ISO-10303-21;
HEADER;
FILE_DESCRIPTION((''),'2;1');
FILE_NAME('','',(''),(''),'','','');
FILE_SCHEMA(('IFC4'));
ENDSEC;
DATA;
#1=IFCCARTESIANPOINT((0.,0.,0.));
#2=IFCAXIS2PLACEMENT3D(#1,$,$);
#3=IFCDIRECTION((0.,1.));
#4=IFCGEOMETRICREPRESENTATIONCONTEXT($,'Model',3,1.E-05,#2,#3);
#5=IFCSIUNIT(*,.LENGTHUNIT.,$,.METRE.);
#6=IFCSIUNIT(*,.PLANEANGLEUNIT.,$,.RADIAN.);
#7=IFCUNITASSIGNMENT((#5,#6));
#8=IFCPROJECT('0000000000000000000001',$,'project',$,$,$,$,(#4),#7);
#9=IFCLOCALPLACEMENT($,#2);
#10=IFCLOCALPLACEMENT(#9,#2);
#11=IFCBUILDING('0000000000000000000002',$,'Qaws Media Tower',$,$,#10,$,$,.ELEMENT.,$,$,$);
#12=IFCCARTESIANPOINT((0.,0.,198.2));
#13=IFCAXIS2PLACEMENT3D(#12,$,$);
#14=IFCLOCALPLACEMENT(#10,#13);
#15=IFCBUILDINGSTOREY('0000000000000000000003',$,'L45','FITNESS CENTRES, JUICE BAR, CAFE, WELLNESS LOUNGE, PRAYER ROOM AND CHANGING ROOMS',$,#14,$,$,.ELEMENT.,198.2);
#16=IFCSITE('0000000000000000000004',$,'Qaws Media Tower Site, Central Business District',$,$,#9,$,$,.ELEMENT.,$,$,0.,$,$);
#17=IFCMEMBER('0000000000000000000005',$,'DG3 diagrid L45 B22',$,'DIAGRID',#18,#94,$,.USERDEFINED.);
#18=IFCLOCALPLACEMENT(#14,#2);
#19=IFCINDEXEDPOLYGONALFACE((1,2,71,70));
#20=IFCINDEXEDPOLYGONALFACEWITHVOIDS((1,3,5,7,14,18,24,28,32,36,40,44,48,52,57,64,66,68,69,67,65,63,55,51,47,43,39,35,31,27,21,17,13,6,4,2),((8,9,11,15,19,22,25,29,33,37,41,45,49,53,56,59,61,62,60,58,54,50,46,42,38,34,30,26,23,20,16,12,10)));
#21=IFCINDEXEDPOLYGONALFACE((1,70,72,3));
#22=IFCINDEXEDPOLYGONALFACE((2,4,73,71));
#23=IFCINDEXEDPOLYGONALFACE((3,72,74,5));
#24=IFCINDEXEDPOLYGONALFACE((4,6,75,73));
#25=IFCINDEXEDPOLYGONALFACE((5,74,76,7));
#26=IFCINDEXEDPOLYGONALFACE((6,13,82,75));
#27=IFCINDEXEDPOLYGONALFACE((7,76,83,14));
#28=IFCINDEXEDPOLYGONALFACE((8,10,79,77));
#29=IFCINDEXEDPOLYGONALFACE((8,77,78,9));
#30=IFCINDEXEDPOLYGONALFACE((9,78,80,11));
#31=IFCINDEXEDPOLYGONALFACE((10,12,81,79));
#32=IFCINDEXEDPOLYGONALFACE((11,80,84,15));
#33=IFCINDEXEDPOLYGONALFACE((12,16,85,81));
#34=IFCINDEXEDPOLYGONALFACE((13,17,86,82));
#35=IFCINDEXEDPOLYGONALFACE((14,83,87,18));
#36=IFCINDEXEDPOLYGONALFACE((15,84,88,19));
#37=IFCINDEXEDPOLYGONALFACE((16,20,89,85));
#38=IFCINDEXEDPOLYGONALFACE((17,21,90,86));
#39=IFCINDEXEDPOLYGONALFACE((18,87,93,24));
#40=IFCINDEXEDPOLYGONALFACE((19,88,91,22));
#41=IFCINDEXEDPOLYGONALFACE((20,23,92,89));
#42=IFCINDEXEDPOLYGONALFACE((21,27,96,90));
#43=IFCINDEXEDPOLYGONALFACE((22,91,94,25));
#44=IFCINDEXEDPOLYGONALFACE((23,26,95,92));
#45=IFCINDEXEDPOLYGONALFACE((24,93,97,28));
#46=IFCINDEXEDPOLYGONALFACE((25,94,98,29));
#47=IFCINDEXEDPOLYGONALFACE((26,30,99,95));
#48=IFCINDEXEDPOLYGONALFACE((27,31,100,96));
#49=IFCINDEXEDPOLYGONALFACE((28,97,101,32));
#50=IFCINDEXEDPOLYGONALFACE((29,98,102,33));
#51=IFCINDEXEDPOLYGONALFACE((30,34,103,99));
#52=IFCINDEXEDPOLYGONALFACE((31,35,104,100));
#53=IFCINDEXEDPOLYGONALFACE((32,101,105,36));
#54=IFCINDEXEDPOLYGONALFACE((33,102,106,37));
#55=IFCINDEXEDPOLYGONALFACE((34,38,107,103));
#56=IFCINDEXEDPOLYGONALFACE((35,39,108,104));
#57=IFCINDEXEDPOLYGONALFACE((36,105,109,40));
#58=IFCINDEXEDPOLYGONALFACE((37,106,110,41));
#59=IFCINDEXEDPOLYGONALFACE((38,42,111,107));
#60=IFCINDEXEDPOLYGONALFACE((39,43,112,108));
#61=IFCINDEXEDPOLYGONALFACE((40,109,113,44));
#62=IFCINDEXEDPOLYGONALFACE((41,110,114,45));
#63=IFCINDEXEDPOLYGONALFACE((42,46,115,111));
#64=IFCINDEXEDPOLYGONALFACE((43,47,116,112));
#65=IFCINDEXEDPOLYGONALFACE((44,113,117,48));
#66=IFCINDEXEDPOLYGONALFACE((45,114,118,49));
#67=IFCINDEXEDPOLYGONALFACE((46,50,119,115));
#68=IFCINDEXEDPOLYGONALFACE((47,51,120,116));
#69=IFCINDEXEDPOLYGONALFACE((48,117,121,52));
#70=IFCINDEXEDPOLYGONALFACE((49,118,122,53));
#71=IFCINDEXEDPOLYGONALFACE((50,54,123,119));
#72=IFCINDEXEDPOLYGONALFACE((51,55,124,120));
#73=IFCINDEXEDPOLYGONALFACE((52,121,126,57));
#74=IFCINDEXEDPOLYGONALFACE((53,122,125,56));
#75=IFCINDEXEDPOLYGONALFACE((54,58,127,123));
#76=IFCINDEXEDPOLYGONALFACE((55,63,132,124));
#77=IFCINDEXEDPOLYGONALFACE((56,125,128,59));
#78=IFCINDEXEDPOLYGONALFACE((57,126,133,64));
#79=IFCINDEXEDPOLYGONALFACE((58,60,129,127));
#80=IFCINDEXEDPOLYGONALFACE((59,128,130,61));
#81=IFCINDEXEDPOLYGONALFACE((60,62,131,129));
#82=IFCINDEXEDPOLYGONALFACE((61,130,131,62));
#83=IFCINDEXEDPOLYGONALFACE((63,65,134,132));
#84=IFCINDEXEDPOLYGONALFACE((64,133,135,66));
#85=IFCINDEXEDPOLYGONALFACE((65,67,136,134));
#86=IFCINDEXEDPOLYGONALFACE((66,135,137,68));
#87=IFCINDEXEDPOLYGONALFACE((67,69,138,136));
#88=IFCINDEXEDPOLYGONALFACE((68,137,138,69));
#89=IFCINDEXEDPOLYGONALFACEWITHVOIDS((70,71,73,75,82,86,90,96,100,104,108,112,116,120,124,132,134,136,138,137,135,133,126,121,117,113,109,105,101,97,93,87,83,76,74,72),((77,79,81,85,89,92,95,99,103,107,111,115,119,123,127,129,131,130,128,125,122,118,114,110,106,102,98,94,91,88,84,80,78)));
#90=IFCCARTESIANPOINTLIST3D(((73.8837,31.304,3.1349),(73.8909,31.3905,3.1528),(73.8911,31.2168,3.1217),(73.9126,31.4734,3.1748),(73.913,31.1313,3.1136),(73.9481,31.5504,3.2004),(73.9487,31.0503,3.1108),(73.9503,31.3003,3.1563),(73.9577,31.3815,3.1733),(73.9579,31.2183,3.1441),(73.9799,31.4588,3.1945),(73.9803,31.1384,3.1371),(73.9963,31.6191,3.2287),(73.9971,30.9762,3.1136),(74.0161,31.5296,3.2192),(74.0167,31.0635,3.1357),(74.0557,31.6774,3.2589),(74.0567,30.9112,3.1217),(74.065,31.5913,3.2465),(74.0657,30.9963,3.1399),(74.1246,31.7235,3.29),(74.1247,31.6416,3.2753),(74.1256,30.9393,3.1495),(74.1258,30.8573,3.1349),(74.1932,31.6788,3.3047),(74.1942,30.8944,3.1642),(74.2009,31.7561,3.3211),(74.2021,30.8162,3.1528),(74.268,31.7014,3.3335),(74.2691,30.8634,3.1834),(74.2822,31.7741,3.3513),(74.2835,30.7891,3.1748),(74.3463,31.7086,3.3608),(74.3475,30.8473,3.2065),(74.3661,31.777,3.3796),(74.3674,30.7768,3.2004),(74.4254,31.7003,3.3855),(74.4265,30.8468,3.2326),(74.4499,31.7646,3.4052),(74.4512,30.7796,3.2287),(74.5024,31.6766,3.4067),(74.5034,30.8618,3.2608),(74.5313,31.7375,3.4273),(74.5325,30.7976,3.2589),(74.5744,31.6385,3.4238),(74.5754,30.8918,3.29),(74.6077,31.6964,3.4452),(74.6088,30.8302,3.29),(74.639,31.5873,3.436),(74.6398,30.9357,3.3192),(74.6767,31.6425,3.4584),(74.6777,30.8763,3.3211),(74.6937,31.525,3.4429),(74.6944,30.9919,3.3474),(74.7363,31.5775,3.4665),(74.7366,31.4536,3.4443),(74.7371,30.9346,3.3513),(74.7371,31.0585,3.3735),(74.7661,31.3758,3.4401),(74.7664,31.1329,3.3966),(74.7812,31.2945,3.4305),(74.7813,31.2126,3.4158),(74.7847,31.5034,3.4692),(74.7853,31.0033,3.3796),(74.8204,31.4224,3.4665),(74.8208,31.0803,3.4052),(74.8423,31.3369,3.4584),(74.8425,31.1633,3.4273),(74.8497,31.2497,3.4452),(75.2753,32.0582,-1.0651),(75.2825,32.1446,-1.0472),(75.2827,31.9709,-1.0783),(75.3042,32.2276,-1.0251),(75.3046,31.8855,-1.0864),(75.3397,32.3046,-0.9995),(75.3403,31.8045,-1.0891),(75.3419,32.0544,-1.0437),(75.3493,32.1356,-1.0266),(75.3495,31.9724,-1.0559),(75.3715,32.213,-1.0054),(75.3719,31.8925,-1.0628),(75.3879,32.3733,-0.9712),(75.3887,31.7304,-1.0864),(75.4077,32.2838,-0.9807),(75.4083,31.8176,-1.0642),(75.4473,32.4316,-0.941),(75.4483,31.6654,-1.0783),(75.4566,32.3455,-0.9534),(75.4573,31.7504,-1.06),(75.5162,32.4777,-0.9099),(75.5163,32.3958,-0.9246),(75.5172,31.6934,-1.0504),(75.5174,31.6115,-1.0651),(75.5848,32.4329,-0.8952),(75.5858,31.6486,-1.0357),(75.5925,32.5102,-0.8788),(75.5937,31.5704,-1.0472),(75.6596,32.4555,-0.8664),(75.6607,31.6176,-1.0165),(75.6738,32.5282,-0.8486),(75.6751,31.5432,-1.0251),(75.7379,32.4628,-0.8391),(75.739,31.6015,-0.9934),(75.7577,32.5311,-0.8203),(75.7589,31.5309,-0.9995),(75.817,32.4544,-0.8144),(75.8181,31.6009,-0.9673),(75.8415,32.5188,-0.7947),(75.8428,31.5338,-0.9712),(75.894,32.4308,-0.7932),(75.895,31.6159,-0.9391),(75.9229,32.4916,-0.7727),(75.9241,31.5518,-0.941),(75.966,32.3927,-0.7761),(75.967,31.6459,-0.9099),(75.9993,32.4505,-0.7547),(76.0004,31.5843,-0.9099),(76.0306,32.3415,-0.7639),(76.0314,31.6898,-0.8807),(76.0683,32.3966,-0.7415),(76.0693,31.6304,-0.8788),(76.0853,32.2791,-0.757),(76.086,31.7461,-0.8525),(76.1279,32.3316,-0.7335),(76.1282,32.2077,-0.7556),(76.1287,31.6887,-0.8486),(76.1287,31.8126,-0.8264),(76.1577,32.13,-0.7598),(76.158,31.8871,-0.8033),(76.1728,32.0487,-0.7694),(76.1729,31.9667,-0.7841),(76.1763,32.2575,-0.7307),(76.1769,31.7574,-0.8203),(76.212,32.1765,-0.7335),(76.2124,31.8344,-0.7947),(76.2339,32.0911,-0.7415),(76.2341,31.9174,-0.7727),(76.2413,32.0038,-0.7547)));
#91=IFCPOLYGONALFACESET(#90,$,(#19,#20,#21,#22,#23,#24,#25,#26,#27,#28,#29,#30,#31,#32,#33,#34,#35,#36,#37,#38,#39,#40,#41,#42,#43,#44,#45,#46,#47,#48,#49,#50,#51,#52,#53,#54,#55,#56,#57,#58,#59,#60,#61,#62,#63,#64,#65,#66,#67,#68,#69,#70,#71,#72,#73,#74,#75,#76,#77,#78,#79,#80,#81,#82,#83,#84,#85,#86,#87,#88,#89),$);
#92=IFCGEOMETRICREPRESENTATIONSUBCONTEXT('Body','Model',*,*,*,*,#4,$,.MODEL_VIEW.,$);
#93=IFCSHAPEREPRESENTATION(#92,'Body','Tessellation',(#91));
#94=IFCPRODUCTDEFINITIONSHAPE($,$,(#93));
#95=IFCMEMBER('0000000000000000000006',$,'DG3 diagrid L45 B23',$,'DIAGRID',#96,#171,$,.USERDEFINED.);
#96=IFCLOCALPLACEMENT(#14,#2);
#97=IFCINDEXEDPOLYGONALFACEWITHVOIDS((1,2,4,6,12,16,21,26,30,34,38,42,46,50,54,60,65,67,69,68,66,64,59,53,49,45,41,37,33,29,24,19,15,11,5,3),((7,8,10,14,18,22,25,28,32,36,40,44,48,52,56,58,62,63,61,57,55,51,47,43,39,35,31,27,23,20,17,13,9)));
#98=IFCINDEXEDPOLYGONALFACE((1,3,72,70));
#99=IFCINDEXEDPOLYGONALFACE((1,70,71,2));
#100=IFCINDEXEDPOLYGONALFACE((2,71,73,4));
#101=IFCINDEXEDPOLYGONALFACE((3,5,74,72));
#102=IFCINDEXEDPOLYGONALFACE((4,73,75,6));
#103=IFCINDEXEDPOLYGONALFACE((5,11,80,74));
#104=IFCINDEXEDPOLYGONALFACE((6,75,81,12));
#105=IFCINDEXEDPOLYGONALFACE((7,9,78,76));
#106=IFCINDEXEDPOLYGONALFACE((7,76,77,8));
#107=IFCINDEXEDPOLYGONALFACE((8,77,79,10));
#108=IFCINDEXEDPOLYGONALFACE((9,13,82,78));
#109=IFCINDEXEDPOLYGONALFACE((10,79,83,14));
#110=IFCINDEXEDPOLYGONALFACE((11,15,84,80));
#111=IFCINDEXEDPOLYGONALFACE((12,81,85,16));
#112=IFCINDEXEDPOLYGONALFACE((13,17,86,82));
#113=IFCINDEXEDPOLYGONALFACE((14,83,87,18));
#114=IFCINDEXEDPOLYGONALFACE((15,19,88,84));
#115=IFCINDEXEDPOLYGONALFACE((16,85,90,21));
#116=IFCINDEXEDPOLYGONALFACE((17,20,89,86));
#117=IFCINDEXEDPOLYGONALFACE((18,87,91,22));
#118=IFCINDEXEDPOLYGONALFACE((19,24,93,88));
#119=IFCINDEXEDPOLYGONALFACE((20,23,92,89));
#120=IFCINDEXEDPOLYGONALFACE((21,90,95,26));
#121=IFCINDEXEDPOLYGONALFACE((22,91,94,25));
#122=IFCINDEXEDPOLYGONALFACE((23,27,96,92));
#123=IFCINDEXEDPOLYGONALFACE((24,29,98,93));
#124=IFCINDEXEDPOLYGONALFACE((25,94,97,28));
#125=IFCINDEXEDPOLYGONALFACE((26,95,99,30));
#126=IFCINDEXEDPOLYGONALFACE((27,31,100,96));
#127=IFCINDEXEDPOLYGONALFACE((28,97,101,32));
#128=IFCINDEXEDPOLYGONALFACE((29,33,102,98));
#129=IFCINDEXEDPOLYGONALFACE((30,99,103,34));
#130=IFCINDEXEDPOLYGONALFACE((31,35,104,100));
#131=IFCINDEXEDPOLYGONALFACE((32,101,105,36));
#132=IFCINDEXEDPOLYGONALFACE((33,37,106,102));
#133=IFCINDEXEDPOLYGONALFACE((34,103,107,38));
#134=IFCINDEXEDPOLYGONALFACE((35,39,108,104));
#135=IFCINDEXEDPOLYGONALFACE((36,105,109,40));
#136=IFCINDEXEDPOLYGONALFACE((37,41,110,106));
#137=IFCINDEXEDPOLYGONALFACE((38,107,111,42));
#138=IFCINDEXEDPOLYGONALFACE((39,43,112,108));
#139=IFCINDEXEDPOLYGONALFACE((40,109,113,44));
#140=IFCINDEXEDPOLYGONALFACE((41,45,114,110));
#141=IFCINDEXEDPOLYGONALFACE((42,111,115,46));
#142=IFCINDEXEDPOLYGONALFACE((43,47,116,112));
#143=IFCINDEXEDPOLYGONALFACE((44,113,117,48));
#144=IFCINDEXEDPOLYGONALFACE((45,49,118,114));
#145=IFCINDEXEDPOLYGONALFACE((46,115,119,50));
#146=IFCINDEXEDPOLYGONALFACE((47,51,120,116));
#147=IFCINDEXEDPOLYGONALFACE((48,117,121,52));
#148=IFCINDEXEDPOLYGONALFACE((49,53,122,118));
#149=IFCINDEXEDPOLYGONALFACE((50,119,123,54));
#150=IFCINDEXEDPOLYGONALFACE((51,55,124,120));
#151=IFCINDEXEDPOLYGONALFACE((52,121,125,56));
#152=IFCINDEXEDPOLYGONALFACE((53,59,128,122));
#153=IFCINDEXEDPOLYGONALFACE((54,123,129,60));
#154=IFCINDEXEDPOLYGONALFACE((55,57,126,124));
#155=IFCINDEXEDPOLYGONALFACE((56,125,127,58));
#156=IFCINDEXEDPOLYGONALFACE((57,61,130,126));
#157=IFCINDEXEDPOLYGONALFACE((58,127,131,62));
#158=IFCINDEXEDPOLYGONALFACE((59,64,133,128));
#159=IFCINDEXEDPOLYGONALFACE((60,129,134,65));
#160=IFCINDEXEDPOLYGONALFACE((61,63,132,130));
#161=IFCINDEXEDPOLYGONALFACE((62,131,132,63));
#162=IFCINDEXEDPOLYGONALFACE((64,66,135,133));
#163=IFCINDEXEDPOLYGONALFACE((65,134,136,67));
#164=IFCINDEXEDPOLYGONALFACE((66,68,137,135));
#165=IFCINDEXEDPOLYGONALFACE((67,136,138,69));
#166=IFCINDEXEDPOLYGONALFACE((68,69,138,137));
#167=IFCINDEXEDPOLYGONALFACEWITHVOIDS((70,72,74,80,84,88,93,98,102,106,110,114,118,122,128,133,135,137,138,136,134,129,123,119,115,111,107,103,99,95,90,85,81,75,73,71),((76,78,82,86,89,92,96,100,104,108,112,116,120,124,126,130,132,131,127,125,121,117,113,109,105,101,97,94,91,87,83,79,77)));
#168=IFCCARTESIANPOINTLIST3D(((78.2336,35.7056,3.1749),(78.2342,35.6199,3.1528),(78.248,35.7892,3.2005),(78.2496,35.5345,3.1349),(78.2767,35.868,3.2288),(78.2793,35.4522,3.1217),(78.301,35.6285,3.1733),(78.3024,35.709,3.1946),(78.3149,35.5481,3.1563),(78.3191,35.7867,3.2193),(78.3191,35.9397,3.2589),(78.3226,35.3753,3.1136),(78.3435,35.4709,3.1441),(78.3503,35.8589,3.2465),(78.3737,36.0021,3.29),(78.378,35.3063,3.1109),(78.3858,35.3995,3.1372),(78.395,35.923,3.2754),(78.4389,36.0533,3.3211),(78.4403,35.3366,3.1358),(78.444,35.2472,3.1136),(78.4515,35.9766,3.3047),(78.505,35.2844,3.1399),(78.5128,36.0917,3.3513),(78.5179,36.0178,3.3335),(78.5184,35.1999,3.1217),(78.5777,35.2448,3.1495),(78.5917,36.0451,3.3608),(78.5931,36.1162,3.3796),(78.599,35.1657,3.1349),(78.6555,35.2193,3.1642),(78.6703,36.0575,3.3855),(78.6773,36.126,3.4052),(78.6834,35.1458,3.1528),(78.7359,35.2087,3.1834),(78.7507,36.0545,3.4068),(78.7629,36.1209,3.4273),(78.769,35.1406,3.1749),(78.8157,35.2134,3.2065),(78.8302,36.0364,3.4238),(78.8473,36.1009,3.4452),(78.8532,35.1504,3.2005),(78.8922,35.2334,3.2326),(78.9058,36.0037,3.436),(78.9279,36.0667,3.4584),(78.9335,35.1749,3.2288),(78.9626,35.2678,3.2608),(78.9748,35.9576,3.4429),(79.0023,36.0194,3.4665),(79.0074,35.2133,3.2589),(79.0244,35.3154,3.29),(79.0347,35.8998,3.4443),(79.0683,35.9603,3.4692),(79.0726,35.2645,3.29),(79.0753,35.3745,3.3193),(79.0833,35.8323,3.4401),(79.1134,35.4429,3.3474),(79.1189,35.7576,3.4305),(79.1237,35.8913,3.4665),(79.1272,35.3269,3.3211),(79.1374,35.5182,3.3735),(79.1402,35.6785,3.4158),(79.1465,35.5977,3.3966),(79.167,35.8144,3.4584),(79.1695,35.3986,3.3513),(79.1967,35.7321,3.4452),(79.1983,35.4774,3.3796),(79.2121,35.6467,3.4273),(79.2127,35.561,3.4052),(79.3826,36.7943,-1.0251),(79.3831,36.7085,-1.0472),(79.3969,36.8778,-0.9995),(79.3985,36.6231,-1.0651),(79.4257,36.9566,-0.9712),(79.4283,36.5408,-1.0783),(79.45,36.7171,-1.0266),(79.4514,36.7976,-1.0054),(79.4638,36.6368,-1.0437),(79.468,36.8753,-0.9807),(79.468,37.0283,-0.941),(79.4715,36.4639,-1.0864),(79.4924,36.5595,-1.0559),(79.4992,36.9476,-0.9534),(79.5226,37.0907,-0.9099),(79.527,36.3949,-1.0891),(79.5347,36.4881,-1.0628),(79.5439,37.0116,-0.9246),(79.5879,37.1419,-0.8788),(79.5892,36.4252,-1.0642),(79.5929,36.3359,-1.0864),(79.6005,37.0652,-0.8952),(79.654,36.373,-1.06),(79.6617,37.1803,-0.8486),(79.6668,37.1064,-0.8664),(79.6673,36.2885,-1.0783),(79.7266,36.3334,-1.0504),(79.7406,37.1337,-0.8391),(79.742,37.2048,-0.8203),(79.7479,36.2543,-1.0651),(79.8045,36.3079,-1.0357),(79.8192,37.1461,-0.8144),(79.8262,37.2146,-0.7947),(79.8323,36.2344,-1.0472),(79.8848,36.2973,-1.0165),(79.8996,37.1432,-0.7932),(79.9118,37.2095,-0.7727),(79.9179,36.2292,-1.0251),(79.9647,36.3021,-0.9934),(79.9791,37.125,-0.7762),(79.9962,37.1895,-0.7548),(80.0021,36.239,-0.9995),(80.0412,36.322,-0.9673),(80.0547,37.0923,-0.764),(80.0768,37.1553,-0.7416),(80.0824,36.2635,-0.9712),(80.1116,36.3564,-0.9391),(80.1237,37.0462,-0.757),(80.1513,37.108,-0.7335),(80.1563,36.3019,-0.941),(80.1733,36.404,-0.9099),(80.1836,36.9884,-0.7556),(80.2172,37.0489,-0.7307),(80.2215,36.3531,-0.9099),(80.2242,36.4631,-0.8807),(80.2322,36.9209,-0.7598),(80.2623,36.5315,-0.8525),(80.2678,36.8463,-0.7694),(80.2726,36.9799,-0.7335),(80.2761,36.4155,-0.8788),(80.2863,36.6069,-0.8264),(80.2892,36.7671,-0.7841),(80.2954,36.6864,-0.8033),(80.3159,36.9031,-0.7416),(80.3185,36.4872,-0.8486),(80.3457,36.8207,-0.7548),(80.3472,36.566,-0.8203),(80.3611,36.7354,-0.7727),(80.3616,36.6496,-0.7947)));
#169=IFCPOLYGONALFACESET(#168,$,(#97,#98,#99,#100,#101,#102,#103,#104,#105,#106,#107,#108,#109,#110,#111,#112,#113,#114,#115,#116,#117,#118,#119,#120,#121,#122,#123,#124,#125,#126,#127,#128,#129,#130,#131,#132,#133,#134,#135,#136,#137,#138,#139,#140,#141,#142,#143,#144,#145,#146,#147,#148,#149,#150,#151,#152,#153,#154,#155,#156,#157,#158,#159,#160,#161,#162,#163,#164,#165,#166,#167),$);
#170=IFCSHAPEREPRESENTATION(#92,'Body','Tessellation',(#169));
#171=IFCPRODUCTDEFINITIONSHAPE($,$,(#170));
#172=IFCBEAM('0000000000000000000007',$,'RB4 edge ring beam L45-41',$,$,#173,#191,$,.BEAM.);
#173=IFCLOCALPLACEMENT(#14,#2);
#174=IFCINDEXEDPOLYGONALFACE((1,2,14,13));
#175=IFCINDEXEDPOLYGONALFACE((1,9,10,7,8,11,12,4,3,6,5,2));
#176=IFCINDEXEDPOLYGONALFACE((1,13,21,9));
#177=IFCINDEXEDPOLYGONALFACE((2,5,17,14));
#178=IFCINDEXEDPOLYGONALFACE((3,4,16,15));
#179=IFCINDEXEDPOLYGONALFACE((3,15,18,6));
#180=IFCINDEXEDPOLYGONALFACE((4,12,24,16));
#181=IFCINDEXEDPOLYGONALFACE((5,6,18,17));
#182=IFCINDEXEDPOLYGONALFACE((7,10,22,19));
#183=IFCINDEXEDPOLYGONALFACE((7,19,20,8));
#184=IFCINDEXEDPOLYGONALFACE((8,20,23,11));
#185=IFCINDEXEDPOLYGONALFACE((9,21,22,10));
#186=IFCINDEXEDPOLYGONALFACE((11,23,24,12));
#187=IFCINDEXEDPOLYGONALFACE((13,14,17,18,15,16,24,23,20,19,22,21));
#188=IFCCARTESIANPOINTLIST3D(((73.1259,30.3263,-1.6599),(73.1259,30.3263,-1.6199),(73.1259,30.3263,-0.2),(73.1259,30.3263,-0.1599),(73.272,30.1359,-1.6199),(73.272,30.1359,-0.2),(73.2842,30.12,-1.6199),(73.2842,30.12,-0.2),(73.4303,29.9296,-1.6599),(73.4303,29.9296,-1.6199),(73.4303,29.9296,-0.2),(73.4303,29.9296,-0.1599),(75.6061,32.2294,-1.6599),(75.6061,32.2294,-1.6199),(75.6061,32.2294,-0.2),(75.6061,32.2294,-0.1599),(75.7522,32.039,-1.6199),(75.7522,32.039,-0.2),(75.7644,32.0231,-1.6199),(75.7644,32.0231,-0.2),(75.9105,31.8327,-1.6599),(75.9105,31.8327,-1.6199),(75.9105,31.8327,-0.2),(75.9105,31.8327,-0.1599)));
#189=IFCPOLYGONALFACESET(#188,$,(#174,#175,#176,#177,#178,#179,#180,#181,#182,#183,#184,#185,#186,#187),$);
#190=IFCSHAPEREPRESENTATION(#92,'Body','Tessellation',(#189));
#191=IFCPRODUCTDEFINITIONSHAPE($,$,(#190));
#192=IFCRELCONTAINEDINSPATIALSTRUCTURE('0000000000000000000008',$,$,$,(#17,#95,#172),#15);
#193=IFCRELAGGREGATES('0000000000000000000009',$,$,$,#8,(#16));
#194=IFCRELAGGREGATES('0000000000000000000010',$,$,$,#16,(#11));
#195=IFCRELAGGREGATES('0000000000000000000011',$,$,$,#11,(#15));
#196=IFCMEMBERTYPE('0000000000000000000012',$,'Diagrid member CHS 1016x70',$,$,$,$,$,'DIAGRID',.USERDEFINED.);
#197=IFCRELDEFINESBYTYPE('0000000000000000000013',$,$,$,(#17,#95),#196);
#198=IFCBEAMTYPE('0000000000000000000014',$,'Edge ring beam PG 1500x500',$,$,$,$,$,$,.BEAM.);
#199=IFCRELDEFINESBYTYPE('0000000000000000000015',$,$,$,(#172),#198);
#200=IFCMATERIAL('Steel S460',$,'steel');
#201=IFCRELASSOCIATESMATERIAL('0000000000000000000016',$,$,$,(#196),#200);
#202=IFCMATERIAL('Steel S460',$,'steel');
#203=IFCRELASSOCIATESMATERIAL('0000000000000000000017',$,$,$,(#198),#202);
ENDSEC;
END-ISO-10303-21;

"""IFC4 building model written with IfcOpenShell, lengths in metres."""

from ifc_helpers import new_model, si_unit, direction, frame, origin, origin_2d, place, context, subcontext, project, spatial, hollow_circle, i_section, extrude, material, material_profile, profile_set, type_object, element, save


model = new_model("IFC4")

# Units and contexts
model_context = context("Model", 3, precision=1e-05, world=origin(), true_north=direction((0.0, 1.0)))
body_context = subcontext(model_context, "Body", "Model", "MODEL_VIEW")
ifc_project = project(units=[si_unit("LENGTHUNIT", "METRE"), si_unit("PLANEANGLEUNIT", "RADIAN")], contexts=[model_context])

# Site, building, storey
site_placement = place(None, origin())
site = spatial("IfcSite", under=ifc_project, at=site_placement, Name="Qaws Media Tower Site, Central Business District", CompositionType="ELEMENT", RefElevation=0.0)
building_placement = place(site_placement, origin())
building = spatial("IfcBuilding", under=site, at=building_placement, Name="Qaws Media Tower", CompositionType="ELEMENT")
storey_placement = place(building_placement, frame((0.0, 0.0, 198.2)))
storey = spatial("IfcBuildingStorey", under=building, at=storey_placement, Name="L45", Description="FITNESS CENTRES, JUICE BAR, CAFE, WELLNESS LOUNGE, PRAYER ROOM AND CHANGING ROOMS", CompositionType="ELEMENT", Elevation=198.2)

# Members
ifc_material_1 = material(Name="Steel S460", Category="steel")
ifc_material_profile_1 = material_profile(ifc_material_1, hollow_circle(Radius=0.5081, WallThickness=0.0701, at=origin_2d()), Name="CHS 1016x70")
ifc_profile_set_1 = profile_set([ifc_material_profile_1], Name="Steel S460")
member_type_1 = type_object("IfcMemberType", Name="Diagrid member CHS 1016x70", ElementType="DIAGRID", PredefinedType="USERDEFINED", material=ifc_profile_set_1)
for number, where, z_axis, x_axis, name in (
    (1, (75.7583, 32.031, -0.9099), (-0.310051, -0.168026, 0.935754), (0.476462, -0.879195, 0.0), "DG3 diagrid L45 B22"),
    (2, (79.8721, 36.7219, -0.9099), (-0.255983, -0.242548, 0.935758), (0.6878, -0.7259, 0.0), "DG3 diagrid L45 B23"),
):
    element("IfcMember", number, at=place(storey_placement, frame(where, z_axis=z_axis, x_axis=x_axis)), inside=storey, type_object=member_type_1, Name=name, ObjectType="DIAGRID", PredefinedType="USERDEFINED", context=body_context, shape_type="SweptSolid", body=[
        extrude(hollow_circle(Radius=0.5081, WallThickness=0.0701, at=origin_2d()), origin(), (0.0, 0.0, 1.0), 4.4883),
    ])

# Beam
ifc_material_2 = material(Name="Steel S460", Category="steel")
ifc_material_profile_2 = material_profile(ifc_material_2, i_section(OverallWidth=0.5, OverallDepth=1.5, WebThickness=0.02, FlangeThickness=0.04, at=origin_2d()), Name="PG 1500x500")
ifc_profile_set_2 = profile_set([ifc_material_profile_2], Name="Steel S460")
beam_type = type_object("IfcBeamType", Name="Edge ring beam PG 1500x500", PredefinedType="BEAM", material=ifc_profile_set_2)
beam_1_placement = place(storey_placement, frame((73.2781, 30.1279, -0.9099), z_axis=(0.793364, 0.608748, 0.0), x_axis=(-0.608748, 0.793364, 0.0)))
element("IfcBeam", 3, at=beam_1_placement, inside=storey, type_object=beam_type, Name="RB4 edge ring beam L45-41", PredefinedType="BEAM", context=body_context, shape_type="SweptSolid", body=[
    extrude(i_section(OverallWidth=0.5, OverallDepth=1.5, WebThickness=0.02, FlangeThickness=0.04, at=origin_2d()), origin(), (0.0, 0.0, 1.0), 3.1262),
])

save(model, "model.ifc")
